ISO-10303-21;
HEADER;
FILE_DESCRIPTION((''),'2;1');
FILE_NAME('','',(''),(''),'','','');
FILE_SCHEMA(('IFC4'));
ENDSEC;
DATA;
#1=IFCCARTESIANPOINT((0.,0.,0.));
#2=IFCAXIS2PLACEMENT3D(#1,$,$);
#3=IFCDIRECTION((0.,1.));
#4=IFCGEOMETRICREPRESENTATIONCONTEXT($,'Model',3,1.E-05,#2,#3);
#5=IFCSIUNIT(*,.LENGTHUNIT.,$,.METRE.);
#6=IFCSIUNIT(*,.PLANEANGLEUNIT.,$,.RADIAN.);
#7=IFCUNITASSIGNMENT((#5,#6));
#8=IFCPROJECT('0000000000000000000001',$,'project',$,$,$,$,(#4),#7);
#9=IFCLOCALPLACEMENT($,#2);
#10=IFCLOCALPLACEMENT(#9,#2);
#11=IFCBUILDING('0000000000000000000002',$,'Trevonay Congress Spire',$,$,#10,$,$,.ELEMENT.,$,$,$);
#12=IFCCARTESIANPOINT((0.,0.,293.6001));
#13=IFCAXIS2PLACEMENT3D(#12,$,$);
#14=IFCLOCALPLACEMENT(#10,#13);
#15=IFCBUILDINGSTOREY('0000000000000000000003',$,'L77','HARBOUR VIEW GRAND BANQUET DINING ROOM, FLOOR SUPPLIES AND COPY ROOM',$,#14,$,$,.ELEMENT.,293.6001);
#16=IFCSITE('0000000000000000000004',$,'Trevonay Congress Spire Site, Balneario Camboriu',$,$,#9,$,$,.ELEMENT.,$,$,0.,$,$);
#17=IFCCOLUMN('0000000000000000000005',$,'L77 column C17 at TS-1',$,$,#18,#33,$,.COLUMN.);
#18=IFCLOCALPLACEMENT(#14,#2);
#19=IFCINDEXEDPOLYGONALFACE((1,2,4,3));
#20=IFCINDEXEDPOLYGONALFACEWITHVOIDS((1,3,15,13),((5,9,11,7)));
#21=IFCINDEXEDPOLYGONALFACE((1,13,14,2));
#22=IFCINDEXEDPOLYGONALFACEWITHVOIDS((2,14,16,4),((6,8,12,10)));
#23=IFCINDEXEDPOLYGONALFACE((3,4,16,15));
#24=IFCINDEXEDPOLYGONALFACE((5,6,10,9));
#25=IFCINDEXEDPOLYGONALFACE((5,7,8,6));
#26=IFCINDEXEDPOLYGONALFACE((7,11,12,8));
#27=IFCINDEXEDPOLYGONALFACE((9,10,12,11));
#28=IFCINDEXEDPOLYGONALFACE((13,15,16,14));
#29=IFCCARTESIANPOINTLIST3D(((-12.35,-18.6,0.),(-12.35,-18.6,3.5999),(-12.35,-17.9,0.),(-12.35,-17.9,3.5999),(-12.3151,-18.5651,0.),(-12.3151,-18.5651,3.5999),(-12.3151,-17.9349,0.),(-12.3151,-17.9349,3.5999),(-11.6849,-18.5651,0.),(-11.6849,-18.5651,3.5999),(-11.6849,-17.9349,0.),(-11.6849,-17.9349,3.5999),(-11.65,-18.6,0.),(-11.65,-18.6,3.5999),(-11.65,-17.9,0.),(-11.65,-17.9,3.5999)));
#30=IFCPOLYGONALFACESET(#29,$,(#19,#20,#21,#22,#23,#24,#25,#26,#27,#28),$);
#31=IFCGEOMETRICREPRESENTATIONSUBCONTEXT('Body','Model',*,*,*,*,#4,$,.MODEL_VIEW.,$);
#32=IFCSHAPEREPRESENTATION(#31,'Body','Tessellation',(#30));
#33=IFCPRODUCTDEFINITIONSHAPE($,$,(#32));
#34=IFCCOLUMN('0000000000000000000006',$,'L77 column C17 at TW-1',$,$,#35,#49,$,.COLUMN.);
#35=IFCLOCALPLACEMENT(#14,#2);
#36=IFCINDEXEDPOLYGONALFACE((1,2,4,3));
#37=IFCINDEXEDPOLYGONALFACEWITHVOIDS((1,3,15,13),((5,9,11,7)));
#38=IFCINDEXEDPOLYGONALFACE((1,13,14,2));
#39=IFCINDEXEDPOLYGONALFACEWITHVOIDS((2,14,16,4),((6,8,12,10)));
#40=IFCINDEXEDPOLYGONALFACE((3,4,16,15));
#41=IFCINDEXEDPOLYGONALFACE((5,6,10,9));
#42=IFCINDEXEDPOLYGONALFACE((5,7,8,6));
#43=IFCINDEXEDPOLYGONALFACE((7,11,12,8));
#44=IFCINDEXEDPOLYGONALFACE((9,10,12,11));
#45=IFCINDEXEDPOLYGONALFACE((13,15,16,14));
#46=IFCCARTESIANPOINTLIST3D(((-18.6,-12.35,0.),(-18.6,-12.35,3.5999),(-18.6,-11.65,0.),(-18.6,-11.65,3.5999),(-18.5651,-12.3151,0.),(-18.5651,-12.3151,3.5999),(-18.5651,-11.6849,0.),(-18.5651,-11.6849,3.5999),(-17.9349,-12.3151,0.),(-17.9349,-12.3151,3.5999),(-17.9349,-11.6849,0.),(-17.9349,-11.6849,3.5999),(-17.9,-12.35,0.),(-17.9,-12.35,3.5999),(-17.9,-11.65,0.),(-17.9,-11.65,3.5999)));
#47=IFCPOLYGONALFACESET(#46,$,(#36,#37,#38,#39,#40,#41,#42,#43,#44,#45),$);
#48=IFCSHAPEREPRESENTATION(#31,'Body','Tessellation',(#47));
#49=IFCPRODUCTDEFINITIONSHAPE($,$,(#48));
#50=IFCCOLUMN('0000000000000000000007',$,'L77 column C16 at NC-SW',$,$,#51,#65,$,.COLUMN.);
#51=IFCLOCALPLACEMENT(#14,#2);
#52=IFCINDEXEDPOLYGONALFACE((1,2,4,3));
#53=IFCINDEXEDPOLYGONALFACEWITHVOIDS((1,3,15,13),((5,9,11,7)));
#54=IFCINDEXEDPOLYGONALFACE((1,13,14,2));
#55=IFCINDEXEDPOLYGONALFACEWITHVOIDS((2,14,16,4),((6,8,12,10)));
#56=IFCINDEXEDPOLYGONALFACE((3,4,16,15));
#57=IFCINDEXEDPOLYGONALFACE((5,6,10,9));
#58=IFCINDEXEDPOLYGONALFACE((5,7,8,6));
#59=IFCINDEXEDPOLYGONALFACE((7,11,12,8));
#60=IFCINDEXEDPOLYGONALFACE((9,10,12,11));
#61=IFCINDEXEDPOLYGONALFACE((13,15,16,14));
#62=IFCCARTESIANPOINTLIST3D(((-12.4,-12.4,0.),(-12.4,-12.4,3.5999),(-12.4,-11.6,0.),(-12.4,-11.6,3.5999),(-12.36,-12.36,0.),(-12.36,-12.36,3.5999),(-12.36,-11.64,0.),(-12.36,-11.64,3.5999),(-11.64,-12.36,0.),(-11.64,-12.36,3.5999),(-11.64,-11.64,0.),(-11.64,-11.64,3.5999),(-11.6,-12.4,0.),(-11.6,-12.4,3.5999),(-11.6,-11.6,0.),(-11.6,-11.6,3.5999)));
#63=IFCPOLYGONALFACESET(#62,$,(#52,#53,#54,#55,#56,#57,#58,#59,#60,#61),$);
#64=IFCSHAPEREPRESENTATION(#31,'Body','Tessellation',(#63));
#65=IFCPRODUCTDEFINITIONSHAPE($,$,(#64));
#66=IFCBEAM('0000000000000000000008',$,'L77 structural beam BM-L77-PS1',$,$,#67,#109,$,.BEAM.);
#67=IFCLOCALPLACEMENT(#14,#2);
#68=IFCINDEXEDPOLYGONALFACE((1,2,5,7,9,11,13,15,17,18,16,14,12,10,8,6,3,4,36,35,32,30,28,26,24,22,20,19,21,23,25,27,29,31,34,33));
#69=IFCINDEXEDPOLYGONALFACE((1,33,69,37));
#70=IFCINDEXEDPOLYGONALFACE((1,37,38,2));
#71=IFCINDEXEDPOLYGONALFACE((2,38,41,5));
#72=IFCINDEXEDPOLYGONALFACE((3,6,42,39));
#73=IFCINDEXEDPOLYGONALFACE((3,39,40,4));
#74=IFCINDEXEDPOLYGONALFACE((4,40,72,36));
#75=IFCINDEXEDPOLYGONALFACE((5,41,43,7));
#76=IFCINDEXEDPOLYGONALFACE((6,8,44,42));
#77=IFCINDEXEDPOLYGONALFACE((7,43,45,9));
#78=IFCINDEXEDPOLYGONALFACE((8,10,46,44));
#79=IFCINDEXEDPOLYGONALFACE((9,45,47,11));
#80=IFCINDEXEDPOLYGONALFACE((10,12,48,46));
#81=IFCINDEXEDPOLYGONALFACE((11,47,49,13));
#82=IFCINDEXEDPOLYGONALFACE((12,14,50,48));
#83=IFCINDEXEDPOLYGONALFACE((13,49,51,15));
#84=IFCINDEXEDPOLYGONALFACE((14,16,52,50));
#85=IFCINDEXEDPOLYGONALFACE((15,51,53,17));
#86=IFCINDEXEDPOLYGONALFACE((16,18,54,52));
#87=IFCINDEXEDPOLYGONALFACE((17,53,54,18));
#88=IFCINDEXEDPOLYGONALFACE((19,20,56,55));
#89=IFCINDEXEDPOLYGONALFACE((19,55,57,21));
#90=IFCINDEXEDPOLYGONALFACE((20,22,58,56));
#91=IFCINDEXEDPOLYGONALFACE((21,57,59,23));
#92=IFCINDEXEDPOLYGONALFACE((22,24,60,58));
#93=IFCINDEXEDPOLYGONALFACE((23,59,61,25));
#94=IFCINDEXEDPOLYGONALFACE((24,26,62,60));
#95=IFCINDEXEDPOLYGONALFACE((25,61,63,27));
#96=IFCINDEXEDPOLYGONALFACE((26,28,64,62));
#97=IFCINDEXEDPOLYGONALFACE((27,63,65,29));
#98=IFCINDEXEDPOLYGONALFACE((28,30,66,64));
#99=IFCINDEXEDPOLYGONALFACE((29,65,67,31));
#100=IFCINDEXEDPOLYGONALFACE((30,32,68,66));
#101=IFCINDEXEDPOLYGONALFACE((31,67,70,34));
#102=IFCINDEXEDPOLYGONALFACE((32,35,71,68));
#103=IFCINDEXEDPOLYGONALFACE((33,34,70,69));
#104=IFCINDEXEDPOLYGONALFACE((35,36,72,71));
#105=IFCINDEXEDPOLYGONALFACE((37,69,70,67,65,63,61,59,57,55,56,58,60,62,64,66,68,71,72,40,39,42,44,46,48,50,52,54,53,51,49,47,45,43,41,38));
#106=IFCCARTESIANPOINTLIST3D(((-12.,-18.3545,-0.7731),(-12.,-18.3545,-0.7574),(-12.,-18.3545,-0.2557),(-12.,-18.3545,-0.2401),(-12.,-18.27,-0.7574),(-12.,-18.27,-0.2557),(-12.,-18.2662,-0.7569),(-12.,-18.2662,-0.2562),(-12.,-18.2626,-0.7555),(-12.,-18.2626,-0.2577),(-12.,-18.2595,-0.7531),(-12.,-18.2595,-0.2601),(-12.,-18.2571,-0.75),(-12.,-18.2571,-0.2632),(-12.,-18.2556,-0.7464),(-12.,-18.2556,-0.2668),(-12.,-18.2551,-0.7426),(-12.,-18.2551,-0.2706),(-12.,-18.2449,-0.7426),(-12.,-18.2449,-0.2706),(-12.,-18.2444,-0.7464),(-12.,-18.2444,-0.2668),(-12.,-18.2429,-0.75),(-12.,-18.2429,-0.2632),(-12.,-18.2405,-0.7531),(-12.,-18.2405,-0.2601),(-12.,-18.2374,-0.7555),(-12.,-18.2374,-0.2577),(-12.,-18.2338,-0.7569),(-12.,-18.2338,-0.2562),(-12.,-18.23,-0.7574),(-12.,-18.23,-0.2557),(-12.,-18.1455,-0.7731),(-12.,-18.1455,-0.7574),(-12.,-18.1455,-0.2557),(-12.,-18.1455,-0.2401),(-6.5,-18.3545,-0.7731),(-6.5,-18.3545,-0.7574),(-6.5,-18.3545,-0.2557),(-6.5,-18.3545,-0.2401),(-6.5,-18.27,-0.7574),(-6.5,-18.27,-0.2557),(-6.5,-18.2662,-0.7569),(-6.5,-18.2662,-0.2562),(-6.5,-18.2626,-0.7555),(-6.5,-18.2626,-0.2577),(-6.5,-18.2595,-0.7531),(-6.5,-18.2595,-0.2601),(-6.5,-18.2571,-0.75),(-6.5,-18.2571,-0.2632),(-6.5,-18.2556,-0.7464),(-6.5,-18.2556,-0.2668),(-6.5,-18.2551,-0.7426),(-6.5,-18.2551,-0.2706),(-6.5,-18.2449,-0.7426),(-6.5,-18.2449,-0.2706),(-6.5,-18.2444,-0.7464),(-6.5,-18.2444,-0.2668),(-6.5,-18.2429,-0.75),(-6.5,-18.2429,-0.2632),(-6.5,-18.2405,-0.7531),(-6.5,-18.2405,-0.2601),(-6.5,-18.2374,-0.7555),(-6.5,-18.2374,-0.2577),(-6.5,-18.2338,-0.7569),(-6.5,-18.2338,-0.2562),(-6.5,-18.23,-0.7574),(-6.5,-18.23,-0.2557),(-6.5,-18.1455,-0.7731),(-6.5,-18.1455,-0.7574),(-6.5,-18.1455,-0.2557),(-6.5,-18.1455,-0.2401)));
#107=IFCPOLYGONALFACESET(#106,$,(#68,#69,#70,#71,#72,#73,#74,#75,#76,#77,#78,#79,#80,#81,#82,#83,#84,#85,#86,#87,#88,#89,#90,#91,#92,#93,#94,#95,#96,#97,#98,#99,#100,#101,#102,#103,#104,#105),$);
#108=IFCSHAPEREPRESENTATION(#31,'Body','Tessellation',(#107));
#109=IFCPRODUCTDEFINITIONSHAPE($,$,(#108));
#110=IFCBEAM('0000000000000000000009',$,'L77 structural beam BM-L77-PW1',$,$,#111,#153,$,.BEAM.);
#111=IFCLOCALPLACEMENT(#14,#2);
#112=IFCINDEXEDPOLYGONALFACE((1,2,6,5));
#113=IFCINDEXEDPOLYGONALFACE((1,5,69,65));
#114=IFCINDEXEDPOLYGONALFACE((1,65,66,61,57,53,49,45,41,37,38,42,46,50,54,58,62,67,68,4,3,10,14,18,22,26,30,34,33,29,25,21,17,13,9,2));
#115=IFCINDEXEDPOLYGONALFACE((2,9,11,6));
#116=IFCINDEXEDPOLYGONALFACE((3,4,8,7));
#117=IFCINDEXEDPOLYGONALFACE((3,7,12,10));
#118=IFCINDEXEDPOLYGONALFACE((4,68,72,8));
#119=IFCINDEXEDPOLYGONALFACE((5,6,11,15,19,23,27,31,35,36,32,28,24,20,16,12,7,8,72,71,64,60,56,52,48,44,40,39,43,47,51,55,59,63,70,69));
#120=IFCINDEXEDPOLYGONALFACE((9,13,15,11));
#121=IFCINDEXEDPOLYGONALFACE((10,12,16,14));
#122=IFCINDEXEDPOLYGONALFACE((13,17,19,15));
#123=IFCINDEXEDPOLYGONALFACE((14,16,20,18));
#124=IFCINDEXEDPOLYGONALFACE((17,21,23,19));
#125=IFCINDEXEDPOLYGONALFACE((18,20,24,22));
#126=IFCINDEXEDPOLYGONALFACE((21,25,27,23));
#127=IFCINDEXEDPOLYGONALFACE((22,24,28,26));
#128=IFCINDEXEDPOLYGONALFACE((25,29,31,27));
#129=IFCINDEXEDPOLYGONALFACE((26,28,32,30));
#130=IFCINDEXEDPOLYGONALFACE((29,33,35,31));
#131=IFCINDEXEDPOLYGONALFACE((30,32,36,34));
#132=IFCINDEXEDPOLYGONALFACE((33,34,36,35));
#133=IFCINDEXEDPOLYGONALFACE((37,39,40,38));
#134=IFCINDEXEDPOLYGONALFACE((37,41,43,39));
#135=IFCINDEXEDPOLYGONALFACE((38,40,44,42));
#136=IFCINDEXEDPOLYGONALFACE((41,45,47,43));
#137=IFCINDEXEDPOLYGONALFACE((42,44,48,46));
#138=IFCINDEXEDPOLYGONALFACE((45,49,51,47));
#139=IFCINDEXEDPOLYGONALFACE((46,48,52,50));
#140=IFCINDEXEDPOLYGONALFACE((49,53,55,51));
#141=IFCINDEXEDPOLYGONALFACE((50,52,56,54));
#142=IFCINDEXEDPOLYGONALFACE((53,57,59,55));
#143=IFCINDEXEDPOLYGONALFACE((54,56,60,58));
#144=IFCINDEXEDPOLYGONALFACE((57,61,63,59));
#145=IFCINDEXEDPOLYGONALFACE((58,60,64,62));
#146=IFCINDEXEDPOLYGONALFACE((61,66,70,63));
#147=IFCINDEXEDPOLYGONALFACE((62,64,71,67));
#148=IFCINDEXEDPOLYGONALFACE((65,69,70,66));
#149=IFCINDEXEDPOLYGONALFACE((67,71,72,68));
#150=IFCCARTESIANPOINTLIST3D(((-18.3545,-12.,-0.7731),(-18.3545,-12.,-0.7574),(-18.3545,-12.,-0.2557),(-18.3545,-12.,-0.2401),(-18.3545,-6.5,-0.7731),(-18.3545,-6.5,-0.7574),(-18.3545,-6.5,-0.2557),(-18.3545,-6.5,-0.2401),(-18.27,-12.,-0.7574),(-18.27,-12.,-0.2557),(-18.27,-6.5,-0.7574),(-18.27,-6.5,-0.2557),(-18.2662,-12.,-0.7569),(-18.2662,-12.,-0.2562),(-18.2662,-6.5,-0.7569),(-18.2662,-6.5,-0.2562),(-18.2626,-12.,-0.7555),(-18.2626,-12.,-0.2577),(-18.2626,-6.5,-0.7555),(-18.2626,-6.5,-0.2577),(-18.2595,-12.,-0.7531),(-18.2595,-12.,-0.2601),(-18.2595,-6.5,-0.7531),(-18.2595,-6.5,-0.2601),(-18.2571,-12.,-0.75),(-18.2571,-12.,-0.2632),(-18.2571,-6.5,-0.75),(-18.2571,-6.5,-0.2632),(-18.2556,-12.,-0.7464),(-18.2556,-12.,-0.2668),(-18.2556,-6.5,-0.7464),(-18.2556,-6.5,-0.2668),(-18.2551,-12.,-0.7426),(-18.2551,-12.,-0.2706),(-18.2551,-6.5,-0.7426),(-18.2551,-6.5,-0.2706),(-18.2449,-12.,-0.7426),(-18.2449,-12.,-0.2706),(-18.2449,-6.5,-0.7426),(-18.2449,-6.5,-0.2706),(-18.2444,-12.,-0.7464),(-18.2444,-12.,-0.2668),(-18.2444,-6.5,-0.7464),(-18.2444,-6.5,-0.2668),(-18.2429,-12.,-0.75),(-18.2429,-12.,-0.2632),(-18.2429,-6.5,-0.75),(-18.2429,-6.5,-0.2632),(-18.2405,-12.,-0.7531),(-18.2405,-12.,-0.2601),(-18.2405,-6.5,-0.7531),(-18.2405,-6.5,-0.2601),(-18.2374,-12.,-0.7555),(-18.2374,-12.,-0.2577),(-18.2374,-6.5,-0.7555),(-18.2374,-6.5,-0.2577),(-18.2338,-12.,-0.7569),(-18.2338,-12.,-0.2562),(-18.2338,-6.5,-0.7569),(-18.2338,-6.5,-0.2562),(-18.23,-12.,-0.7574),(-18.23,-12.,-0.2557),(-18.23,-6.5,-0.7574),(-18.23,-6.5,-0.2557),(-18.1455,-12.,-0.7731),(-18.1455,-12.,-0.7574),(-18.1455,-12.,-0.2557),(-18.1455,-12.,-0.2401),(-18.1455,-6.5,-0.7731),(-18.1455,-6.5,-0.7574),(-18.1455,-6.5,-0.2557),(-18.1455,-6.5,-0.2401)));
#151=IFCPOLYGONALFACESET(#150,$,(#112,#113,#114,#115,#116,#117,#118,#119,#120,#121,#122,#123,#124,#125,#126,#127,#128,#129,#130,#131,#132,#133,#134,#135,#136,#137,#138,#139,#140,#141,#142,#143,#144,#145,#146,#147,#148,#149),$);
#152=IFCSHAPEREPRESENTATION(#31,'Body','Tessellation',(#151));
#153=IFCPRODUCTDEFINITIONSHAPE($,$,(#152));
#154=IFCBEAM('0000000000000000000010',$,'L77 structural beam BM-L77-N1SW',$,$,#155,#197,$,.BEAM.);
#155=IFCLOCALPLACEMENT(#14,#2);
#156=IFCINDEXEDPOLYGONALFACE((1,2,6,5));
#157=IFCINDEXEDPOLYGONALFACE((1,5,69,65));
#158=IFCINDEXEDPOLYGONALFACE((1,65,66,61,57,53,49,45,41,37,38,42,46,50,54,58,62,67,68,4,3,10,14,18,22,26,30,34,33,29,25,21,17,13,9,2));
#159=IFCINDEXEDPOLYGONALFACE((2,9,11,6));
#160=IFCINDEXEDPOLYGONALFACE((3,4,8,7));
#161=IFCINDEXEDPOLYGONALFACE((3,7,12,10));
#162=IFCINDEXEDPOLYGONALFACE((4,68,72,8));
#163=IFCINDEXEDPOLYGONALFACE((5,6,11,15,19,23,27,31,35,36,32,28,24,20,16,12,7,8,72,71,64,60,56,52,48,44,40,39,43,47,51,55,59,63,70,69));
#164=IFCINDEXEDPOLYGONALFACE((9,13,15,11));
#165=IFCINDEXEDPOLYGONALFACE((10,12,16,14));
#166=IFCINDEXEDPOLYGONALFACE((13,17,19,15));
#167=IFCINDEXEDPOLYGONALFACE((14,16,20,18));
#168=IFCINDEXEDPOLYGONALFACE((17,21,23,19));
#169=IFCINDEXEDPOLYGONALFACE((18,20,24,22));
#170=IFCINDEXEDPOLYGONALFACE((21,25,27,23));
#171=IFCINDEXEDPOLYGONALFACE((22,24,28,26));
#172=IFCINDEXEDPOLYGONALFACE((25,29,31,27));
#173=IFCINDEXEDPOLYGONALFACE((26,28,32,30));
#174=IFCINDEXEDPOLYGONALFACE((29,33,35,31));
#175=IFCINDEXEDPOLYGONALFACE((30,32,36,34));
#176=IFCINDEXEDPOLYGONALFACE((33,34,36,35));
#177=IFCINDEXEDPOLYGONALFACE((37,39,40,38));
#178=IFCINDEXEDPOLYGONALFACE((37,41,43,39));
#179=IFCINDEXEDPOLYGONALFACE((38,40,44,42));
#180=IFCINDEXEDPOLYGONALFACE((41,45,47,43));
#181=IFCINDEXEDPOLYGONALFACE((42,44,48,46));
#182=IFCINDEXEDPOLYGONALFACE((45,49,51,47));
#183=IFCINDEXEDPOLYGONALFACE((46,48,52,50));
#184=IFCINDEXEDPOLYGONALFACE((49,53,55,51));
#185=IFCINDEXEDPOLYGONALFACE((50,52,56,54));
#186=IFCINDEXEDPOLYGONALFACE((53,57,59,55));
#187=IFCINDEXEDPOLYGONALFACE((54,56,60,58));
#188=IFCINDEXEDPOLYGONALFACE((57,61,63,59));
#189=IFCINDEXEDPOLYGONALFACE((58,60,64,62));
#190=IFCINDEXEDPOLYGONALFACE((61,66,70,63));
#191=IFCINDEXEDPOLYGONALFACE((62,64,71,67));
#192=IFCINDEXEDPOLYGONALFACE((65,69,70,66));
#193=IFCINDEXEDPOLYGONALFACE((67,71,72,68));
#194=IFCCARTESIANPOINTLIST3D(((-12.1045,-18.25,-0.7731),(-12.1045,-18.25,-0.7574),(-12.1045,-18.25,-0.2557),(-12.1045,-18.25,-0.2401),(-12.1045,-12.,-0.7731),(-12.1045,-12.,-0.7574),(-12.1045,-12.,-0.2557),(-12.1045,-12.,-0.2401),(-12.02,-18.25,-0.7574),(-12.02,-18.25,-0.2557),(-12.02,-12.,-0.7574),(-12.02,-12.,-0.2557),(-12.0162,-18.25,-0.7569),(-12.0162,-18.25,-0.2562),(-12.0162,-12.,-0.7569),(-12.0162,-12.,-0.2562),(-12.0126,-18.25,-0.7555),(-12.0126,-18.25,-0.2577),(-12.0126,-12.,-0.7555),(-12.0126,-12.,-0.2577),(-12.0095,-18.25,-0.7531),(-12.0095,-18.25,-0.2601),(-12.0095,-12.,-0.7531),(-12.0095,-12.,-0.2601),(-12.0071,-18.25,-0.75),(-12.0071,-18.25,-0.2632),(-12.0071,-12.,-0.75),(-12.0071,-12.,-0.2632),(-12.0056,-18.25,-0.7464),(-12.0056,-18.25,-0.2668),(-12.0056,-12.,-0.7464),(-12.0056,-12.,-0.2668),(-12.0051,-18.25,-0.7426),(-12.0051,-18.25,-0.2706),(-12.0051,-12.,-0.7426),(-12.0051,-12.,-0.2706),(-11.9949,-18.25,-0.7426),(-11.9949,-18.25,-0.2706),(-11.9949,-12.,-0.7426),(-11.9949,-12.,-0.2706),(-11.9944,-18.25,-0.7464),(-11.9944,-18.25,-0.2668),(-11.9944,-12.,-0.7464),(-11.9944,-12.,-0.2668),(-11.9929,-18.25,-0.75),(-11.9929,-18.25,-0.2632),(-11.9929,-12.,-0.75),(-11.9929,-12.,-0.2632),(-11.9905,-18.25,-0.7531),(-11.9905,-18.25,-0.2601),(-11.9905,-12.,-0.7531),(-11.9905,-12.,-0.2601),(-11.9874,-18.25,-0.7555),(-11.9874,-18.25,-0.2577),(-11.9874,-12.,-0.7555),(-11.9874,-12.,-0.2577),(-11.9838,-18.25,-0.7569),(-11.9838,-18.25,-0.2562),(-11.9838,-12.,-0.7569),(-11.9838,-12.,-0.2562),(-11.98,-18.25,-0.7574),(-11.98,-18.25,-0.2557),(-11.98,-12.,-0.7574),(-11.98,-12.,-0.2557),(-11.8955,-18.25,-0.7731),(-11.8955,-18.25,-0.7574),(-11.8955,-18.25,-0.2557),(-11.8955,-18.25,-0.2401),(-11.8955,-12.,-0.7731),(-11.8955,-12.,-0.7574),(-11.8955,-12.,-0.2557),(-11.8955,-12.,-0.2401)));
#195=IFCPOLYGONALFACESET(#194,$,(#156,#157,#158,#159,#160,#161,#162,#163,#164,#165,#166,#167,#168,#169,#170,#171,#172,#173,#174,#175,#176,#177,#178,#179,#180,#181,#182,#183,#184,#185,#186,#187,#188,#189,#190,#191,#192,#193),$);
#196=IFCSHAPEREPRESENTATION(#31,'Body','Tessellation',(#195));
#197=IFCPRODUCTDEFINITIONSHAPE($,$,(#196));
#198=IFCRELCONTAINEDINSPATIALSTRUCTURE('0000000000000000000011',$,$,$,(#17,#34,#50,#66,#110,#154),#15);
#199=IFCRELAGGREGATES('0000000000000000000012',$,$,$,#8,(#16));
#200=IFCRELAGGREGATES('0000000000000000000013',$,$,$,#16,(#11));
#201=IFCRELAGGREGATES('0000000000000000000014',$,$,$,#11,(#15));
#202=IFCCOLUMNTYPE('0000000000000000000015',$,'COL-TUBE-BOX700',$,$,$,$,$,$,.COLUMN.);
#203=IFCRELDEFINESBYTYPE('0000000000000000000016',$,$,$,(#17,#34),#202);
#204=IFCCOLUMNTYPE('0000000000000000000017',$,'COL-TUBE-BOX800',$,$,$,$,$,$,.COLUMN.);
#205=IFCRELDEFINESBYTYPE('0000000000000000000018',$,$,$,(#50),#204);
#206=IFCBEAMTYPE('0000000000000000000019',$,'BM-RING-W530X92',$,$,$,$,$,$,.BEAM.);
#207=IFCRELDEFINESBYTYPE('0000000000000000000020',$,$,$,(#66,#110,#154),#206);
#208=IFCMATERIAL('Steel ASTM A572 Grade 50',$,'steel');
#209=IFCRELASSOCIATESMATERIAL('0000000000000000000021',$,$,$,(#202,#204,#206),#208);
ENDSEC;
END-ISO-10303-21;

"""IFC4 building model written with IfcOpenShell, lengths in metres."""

from ifc_helpers import new_model, si_unit, direction, frame, origin, origin_2d, place, context, subcontext, project, spatial, hollow_rectangle, i_section, extrude, material, material_profile, profile_set, type_object, element, save


model = new_model("IFC4")

# Units and contexts
model_context = context("Model", 3, precision=1e-05, world=origin(), true_north=direction((0.0, 1.0)))
body_context = subcontext(model_context, "Body", "Model", "MODEL_VIEW")
ifc_project = project(units=[si_unit("LENGTHUNIT", "METRE"), si_unit("PLANEANGLEUNIT", "RADIAN")], contexts=[model_context])

# Site, building, storey
site_placement = place(None, origin())
site = spatial("IfcSite", under=ifc_project, at=site_placement, Name="Trevonay Congress Spire Site, Balneario Camboriu", CompositionType="ELEMENT", RefElevation=0.0)
building_placement = place(site_placement, origin())
building = spatial("IfcBuilding", under=site, at=building_placement, Name="Trevonay Congress Spire", CompositionType="ELEMENT")
storey_placement = place(building_placement, frame((0.0, 0.0, 293.6001)))
storey = spatial("IfcBuildingStorey", under=building, at=storey_placement, Name="L77", Description="HARBOUR VIEW GRAND BANQUET DINING ROOM, FLOOR SUPPLIES AND COPY ROOM", CompositionType="ELEMENT", Elevation=293.6001)

# Columns
ifc_material_1 = material(Name="Steel ASTM A572 Grade 50", Category="steel")
ifc_material_profile_1 = material_profile(ifc_material_1, hollow_rectangle(XDim=0.7, YDim=0.7, WallThickness=0.0349, at=origin_2d()), Name="BOX 700x700x35")
ifc_profile_set_1 = profile_set([ifc_material_profile_1], Name="Steel ASTM A572 Grade 50")
column_type_1 = type_object("IfcColumnType", Name="COL-TUBE-BOX700", PredefinedType="COLUMN", material=ifc_profile_set_1)
for number, where, z_axis, x_axis, name in (
    (1, (-12.0, -18.25, 0.0), (0.0, 0.0, 1.0), (1.0, 0.0, 0.0), "L77 column C17 at TS-1"),
    (2, (-18.25, -12.0, 0.0), (0.0, 0.0, 1.0), (1.0, 0.0, 0.0), "L77 column C17 at TW-1"),
):
    element("IfcColumn", number, at=place(storey_placement, frame(where, z_axis=z_axis, x_axis=x_axis)), inside=storey, type_object=column_type_1, Name=name, PredefinedType="COLUMN", context=body_context, shape_type="SweptSolid", body=[
        extrude(hollow_rectangle(XDim=0.7, YDim=0.7, WallThickness=0.0349, at=origin_2d()), origin(), (0.0, 0.0, 1.0), 3.5999),
    ])
ifc_material_profile_2 = material_profile(ifc_material_1, hollow_rectangle(XDim=0.8, YDim=0.8, WallThickness=0.04, at=origin_2d()), Name="BOX 800x800x40")
ifc_profile_set_2 = profile_set([ifc_material_profile_2], Name="Steel ASTM A572 Grade 50")
column_type_2 = type_object("IfcColumnType", Name="COL-TUBE-BOX800", PredefinedType="COLUMN", material=ifc_profile_set_2)
column_placement = place(storey_placement, frame((-12.0, -12.0, 0.0), z_axis=(0.0, 0.0, 1.0), x_axis=(1.0, 0.0, 0.0)))
element("IfcColumn", 3, at=column_placement, inside=storey, type_object=column_type_2, Name="L77 column C16 at NC-SW", PredefinedType="COLUMN", context=body_context, shape_type="SweptSolid", body=[
    extrude(hollow_rectangle(XDim=0.8, YDim=0.8, WallThickness=0.04, at=origin_2d()), origin(), (0.0, 0.0, 1.0), 3.5999),
])

# Beams
ifc_material_profile_3 = material_profile(ifc_material_1, i_section(OverallWidth=0.209, OverallDepth=0.533, WebThickness=0.0103, FlangeThickness=0.0156, FilletRadius=0.0149, at=origin_2d()), Name="W530x92")
ifc_profile_set_3 = profile_set([ifc_material_profile_3], Name="Steel ASTM A572 Grade 50")
beam_type = type_object("IfcBeamType", Name="BM-RING-W530X92", PredefinedType="BEAM", material=ifc_profile_set_3)
for number, where, z_axis, x_axis, name in (
    (4, (-12.0, -18.25, -0.5066), (1.0, 0.0, 0.0), (0.0, 1.0, 0.0), "L77 structural beam BM-L77-PS1"),
    (5, (-18.25, -12.0, -0.5066), (0.0, 1.0, 0.0), (-1.0, 0.0, 0.0), "L77 structural beam BM-L77-PW1"),
):
    element("IfcBeam", number, at=place(storey_placement, frame(where, z_axis=z_axis, x_axis=x_axis)), inside=storey, type_object=beam_type, Name=name, PredefinedType="BEAM", context=body_context, shape_type="SweptSolid", body=[
        extrude(i_section(OverallWidth=0.209, OverallDepth=0.533, WebThickness=0.0103, FlangeThickness=0.0156, FilletRadius=0.0149, at=origin_2d()), origin(), (0.0, 0.0, 1.0), 5.5),
    ])
for number, where, z_axis, x_axis, name in (
    (6, (-12.0, -18.25, -0.5066), (0.0, 1.0, 0.0), (-1.0, 0.0, 0.0), "L77 structural beam BM-L77-N1SW"),
):
    element("IfcBeam", number, at=place(storey_placement, frame(where, z_axis=z_axis, x_axis=x_axis)), inside=storey, type_object=beam_type, Name=name, PredefinedType="BEAM", context=body_context, shape_type="SweptSolid", body=[
        extrude(i_section(OverallWidth=0.209, OverallDepth=0.533, WebThickness=0.0103, FlangeThickness=0.0156, FilletRadius=0.0149, at=origin_2d()), origin(), (0.0, 0.0, 1.0), 6.25),
    ])

save(model, "model.ifc")
